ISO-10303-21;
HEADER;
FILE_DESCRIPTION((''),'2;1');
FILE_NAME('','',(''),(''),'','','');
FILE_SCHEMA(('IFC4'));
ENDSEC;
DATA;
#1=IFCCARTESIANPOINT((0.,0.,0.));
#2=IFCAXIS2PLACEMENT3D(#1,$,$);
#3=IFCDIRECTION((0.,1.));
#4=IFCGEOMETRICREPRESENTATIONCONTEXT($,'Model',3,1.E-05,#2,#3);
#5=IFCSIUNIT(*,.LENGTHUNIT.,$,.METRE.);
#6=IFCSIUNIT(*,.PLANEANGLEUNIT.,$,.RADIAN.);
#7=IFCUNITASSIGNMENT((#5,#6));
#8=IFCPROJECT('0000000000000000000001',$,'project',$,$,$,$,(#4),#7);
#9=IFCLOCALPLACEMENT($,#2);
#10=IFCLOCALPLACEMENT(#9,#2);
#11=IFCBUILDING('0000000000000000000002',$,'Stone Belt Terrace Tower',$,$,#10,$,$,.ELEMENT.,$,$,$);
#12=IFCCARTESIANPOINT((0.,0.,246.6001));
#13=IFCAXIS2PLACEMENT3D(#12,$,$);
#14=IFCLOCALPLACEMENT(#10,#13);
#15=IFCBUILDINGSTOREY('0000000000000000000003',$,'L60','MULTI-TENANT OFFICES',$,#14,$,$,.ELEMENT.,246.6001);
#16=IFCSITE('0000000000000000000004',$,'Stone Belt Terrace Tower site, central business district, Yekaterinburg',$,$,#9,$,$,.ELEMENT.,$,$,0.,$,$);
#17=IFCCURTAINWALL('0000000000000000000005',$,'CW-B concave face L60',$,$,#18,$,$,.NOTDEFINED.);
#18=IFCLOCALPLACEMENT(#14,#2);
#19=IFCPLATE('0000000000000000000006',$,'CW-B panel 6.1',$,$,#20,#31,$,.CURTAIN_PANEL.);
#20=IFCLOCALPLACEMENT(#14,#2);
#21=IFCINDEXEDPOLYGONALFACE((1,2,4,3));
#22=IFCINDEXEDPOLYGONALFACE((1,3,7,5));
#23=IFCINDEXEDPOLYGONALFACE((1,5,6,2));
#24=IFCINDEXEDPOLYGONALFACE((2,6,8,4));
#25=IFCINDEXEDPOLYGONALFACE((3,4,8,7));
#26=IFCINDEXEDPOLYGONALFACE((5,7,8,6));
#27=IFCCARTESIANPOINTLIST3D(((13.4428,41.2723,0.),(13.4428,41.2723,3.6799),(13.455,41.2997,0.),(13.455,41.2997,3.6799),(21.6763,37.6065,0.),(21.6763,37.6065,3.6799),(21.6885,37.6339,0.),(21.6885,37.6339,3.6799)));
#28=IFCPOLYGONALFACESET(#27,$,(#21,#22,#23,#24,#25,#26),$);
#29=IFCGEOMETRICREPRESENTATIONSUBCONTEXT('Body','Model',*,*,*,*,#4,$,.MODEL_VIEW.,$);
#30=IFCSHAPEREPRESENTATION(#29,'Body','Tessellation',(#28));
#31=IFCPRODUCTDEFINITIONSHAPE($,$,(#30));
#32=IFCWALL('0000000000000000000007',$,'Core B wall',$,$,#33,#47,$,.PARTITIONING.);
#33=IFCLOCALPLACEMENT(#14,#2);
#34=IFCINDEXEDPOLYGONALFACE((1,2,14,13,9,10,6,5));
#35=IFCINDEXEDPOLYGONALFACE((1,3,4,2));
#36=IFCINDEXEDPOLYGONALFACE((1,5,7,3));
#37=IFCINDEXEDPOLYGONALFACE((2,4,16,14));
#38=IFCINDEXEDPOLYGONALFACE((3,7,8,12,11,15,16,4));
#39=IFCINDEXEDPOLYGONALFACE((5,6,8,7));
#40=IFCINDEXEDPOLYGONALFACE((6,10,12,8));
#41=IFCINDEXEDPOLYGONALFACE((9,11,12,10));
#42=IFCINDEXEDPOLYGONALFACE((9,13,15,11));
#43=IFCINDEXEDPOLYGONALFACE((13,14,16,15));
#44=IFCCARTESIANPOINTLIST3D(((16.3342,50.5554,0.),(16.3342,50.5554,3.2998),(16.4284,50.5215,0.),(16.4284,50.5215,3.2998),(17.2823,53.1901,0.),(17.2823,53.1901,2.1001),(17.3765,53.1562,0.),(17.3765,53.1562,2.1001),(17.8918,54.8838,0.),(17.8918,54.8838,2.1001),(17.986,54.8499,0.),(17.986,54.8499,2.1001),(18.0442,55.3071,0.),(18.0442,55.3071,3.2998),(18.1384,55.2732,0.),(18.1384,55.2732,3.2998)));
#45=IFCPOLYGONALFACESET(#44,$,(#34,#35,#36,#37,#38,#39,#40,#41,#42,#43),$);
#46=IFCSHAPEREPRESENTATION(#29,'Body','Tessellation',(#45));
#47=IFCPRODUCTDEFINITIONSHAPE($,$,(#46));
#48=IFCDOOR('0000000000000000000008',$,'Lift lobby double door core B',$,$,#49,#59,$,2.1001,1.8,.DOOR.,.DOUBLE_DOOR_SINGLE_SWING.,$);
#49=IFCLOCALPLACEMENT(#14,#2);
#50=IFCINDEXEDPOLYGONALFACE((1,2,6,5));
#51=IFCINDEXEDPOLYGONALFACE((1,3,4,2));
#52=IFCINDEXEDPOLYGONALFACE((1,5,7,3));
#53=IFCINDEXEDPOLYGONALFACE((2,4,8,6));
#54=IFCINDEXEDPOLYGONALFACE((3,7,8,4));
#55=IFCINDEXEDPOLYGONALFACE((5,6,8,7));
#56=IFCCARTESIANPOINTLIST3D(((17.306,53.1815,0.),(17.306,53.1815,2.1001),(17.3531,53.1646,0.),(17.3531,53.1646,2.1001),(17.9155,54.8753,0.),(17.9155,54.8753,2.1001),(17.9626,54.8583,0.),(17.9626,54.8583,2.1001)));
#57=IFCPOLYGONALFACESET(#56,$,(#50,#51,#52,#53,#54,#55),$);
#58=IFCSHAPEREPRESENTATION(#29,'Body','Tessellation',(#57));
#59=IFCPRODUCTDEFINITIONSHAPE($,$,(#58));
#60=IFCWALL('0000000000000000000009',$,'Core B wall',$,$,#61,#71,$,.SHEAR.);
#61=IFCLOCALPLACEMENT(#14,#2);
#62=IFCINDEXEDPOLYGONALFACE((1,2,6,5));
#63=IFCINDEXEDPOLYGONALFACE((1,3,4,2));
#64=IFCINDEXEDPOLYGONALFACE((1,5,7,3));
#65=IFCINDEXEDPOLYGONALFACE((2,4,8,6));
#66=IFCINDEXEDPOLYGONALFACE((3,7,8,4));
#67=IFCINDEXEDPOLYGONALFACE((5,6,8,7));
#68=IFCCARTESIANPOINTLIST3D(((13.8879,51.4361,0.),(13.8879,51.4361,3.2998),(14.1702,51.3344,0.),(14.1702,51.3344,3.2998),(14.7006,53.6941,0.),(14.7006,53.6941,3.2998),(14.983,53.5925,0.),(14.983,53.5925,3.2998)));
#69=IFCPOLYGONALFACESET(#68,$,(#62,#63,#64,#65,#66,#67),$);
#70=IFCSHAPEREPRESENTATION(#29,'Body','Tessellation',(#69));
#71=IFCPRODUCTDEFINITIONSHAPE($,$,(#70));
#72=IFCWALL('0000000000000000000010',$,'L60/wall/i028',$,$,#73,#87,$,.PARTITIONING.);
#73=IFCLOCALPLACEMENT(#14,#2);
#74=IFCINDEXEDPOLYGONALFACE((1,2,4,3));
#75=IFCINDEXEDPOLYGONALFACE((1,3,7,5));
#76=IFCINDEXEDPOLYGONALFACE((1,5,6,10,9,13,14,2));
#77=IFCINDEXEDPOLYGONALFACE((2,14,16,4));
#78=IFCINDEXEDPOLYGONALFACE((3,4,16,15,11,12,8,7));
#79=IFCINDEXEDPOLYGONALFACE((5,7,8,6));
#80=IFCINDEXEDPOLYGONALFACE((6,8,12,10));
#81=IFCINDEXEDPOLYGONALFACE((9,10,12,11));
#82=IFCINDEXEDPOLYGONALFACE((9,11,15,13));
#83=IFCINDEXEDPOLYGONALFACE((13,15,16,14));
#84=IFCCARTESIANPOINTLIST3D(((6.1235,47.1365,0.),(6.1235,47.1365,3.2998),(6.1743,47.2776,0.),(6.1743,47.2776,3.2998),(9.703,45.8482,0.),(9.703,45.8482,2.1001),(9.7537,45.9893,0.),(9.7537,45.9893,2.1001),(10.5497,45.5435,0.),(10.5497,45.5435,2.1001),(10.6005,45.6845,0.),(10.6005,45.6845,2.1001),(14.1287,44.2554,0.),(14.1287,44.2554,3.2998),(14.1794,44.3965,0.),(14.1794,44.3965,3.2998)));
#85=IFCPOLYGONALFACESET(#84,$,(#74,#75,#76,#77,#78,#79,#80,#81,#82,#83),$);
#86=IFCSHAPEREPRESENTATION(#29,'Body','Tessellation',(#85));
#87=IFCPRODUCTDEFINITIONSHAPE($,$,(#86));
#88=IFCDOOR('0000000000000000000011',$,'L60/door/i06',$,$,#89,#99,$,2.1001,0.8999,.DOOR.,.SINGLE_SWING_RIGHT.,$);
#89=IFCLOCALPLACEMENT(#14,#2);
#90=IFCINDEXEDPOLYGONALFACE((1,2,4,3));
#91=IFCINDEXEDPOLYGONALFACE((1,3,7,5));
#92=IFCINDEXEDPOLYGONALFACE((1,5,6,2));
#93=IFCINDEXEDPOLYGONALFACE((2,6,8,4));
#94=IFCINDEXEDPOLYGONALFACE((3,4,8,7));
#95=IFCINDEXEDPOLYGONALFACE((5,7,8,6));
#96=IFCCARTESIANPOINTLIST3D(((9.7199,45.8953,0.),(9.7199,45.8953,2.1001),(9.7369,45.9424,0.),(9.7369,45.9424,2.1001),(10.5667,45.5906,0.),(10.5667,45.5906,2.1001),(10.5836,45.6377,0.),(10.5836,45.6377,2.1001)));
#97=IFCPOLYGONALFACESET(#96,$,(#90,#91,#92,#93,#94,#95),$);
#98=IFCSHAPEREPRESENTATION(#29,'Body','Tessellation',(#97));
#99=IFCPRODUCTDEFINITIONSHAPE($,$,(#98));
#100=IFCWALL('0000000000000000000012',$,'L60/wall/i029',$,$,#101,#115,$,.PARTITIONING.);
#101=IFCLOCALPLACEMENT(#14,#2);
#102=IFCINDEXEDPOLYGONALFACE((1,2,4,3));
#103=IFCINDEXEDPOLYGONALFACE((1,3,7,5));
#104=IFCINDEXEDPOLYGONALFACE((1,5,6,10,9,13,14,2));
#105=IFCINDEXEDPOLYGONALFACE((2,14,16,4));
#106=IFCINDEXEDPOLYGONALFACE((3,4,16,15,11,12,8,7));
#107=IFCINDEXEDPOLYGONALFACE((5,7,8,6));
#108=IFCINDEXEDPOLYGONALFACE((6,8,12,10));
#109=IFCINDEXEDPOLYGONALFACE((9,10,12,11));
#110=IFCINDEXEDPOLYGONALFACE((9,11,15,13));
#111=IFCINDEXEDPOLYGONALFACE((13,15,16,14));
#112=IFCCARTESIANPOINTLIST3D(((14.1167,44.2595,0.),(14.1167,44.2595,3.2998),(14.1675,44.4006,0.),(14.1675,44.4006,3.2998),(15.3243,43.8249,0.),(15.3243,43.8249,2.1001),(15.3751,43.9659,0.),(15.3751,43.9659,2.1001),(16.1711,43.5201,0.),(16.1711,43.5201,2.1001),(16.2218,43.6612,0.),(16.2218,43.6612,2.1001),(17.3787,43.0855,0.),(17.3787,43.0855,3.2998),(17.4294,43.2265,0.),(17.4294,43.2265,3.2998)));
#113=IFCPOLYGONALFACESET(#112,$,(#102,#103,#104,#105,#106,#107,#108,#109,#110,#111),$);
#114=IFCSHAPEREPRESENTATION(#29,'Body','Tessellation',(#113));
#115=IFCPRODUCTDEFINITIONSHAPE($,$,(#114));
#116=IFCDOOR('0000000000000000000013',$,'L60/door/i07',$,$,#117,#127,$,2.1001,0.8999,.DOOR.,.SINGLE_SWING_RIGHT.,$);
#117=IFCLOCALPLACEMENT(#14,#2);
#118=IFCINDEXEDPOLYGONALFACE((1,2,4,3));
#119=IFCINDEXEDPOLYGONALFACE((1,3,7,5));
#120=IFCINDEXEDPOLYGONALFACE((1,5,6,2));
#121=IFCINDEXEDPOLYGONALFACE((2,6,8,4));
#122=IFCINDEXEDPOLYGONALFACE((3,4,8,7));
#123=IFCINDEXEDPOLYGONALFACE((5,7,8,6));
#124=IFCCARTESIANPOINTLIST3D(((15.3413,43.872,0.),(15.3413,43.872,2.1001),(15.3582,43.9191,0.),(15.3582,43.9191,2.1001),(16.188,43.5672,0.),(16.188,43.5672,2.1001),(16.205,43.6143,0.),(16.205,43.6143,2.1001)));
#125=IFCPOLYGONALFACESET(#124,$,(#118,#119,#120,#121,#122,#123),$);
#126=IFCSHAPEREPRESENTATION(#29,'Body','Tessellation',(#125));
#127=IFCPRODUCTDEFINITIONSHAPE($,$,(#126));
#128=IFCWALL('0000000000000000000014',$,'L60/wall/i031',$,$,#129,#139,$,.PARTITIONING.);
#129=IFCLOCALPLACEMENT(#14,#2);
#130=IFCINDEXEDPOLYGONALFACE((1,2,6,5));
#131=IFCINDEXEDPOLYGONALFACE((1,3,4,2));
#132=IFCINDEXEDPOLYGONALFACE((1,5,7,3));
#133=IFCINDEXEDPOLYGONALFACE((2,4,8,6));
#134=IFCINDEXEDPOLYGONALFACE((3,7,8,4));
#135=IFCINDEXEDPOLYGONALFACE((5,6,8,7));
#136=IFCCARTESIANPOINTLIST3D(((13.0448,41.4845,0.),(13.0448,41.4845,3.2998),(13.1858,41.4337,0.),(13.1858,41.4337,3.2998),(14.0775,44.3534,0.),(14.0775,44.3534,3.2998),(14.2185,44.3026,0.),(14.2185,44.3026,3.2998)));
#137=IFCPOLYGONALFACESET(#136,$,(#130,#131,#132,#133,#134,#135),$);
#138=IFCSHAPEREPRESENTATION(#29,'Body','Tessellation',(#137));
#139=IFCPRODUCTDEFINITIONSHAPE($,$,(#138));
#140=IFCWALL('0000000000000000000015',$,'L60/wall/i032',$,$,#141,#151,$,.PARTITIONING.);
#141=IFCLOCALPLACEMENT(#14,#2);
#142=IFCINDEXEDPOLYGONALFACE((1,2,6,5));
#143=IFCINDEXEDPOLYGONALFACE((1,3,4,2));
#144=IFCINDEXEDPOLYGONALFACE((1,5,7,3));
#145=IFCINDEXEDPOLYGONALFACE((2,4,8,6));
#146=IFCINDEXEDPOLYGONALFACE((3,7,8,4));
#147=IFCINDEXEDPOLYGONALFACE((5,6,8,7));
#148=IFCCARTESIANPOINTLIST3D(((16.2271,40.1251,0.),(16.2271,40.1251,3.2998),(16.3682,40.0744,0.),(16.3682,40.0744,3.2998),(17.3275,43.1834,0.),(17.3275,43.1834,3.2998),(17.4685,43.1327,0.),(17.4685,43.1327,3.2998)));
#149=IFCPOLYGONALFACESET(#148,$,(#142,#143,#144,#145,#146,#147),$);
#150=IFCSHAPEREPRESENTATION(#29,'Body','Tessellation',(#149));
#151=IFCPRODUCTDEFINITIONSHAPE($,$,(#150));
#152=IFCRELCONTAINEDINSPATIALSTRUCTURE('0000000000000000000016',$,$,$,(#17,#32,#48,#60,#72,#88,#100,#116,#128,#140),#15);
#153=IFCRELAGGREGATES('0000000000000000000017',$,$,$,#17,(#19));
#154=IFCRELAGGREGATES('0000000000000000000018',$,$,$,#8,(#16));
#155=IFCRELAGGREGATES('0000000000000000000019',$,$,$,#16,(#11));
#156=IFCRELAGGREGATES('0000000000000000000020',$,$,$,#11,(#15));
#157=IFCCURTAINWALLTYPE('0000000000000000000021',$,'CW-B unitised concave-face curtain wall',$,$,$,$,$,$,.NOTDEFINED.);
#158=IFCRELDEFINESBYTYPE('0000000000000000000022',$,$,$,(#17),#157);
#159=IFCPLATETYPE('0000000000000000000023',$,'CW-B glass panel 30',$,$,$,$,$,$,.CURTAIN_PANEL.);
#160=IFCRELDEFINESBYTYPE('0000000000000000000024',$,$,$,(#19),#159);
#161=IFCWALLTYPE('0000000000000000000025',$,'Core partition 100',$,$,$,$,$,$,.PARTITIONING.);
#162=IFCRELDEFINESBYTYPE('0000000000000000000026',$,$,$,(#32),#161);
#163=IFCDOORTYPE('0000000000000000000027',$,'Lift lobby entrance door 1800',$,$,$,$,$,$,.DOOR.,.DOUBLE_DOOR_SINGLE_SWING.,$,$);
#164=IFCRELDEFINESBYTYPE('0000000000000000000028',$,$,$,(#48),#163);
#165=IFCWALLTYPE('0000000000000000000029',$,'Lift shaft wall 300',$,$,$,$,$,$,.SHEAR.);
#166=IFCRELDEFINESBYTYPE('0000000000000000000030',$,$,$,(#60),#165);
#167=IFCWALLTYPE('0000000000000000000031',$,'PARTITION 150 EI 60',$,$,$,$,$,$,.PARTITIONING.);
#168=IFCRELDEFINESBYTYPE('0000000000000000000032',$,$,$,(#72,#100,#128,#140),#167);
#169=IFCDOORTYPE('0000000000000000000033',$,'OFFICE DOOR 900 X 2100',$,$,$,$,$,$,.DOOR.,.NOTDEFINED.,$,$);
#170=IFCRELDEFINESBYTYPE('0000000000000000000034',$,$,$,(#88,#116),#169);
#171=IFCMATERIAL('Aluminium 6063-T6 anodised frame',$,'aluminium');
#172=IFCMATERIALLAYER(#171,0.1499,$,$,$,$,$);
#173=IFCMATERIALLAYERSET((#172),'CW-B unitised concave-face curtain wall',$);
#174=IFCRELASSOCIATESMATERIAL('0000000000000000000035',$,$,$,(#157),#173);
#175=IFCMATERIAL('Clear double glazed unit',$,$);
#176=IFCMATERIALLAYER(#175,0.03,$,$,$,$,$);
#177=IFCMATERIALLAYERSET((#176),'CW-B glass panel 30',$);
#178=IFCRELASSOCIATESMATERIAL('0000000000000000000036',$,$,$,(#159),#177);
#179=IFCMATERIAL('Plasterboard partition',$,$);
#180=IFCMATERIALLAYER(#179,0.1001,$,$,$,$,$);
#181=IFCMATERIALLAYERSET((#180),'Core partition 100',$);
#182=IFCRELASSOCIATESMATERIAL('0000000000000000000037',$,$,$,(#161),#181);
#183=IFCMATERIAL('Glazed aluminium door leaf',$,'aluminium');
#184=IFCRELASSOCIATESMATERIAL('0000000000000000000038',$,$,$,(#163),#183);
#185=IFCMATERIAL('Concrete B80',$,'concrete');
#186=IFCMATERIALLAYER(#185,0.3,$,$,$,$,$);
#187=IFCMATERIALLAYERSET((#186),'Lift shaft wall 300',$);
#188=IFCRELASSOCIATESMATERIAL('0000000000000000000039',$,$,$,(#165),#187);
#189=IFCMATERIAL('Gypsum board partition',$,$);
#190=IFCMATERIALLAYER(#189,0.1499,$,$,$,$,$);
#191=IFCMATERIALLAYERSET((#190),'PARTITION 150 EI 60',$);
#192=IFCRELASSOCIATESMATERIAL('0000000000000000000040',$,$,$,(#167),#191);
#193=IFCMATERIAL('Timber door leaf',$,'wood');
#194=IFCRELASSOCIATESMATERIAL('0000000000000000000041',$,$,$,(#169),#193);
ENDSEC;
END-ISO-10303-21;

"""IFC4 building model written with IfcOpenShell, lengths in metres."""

from ifc_helpers import new_model, si_unit, direction, frame, frame_2d, origin, origin_2d, place, context, subcontext, project, spatial, rectangle, extrude, material, layer, layer_set, type_object, element, fill, aggregate, save


model = new_model("IFC4")

# Units and contexts
model_context = context("Model", 3, precision=1e-05, world=origin(), true_north=direction((0.0, 1.0)))
body_context = subcontext(model_context, "Body", "Model", "MODEL_VIEW")
ifc_project = project(units=[si_unit("LENGTHUNIT", "METRE"), si_unit("PLANEANGLEUNIT", "RADIAN")], contexts=[model_context])

# Site, building, storey
site_placement = place(None, origin())
site = spatial("IfcSite", under=ifc_project, at=site_placement, Name="Stone Belt Terrace Tower site, central business district, Yekaterinburg", CompositionType="ELEMENT", RefElevation=0.0)
building_placement = place(site_placement, origin())
building = spatial("IfcBuilding", under=site, at=building_placement, Name="Stone Belt Terrace Tower", CompositionType="ELEMENT")
storey_placement = place(building_placement, frame((0.0, 0.0, 246.6001)))
storey = spatial("IfcBuildingStorey", under=building, at=storey_placement, Name="L60", Description="MULTI-TENANT OFFICES", CompositionType="ELEMENT", Elevation=246.6001)

# Curtain wall, plate
ifc_material_1 = material(Name="Aluminium 6063-T6 anodised frame", Category="aluminium")
ifc_layer_1 = layer(ifc_material_1, 0.1499)
ifc_layer_set_1 = layer_set([ifc_layer_1], Name="CW-B unitised concave-face curtain wall")
curtain_wall_type = type_object("IfcCurtainWallType", Name="CW-B unitised concave-face curtain wall", PredefinedType="NOTDEFINED", material=ifc_layer_set_1)
curtain_wall_placement = place(storey_placement, origin())
curtain_wall = element("IfcCurtainWall", 1, at=curtain_wall_placement, inside=storey, type_object=curtain_wall_type, Name="CW-B concave face L60", PredefinedType="NOTDEFINED")
ifc_material_2 = material(Name="Clear double glazed unit")
ifc_layer_2 = layer(ifc_material_2, 0.03)
ifc_layer_set_2 = layer_set([ifc_layer_2], Name="CW-B glass panel 30")
plate_type = type_object("IfcPlateType", Name="CW-B glass panel 30", PredefinedType="CURTAIN_PANEL", material=ifc_layer_set_2)
plate_placement = place(storey_placement, frame((17.5657, 39.4531, 0.0), z_axis=(0.0, 0.0, 1.0), x_axis=(0.913545, -0.406737, 0.0)))
plate = element("IfcPlate", 2, at=plate_placement, type_object=plate_type, Name="CW-B panel 6.1", PredefinedType="CURTAIN_PANEL", context=body_context, shape_type="SweptSolid", body=[
    extrude(rectangle(XDim=9.0127, YDim=0.03, at=origin_2d()), origin(), (0.0, 0.0, 1.0), 3.6799),
])
aggregate(curtain_wall, [plate])

# Wall, opening, door
ifc_material_3 = material(Name="Plasterboard partition")
ifc_layer_3 = layer(ifc_material_3, 0.1001)
ifc_layer_set_3 = layer_set([ifc_layer_3], Name="Core partition 100")
wall_type_1 = type_object("IfcWallType", Name="Core partition 100", PredefinedType="PARTITIONING", material=ifc_layer_set_3)
wall_1_placement = place(storey_placement, frame((16.3813, 50.5386, 0.0), z_axis=(0.0, 0.0, 1.0), x_axis=(0.338605, 0.940929, 0.0)))
wall_1 = element("IfcWall", 3, at=wall_1_placement, inside=storey, type_object=wall_type_1, Name="Core B wall", PredefinedType="PARTITIONING", context=body_context, shape_type="SweptSolid", body=[
    extrude(rectangle(XDim=5.05, YDim=0.1001, at=frame_2d((2.5249, 0.0))), origin(), (0.0, 0.0, 1.0), 3.2998),
])
opening_1_placement = place(wall_1_placement, frame((2.8, 0.0, 0.0)))
opening_1 = element("IfcOpeningElement", 4, at=opening_1_placement, cuts=wall_1, PredefinedType="OPENING", context=body_context, shape_type="SweptSolid", body=[
    extrude(rectangle(XDim=1.8, YDim=2.1001, at=frame_2d((0.8999, 1.05))), frame((0.0, 0.0601, 0.0), z_axis=(0.0, -1.0, 0.0), x_axis=(1.0, 0.0, 0.0)), (0.0, 0.0, 1.0), 0.1201),
])
ifc_material_4 = material(Name="Glazed aluminium door leaf", Category="aluminium")
door_type_1 = type_object("IfcDoorType", Name="Lift lobby entrance door 1800", OperationType="DOUBLE_DOOR_SINGLE_SWING", PredefinedType="DOOR", material=ifc_material_4)
door_1_placement = place(opening_1_placement, origin())
door_1 = element("IfcDoor", 5, at=door_1_placement, inside=storey, type_object=door_type_1, Name="Lift lobby double door core B", OperationType="DOUBLE_DOOR_SINGLE_SWING", OverallHeight=2.1001, OverallWidth=1.8, PredefinedType="DOOR", context=body_context, shape_type="SweptSolid", body=[
    extrude(rectangle(XDim=1.8, YDim=2.1001, at=frame_2d((0.8999, 1.05))), frame((0.0, 0.0249, 0.0), z_axis=(0.0, -1.0, 0.0), x_axis=(1.0, 0.0, 0.0)), (0.0, 0.0, 1.0), 0.05),
])
fill(opening_1, door_1)

# Wall
ifc_material_5 = material(Name="Concrete B80", Category="concrete")
ifc_layer_4 = layer(ifc_material_5, 0.3)
ifc_layer_set_4 = layer_set([ifc_layer_4], Name="Lift shaft wall 300")
wall_type_2 = type_object("IfcWallType", Name="Lift shaft wall 300", PredefinedType="SHEAR", material=ifc_layer_set_4)
wall_2_placement = place(storey_placement, frame((14.0291, 51.3853, 0.0), z_axis=(0.0, 0.0, 1.0), x_axis=(0.338662, 0.940908, 0.0)))
element("IfcWall", 6, at=wall_2_placement, inside=storey, type_object=wall_type_2, Name="Core B wall", PredefinedType="SHEAR", context=body_context, shape_type="SweptSolid", body=[
    extrude(rectangle(XDim=2.3999, YDim=0.3, at=frame_2d((1.2, 0.0))), origin(), (0.0, 0.0, 1.0), 3.2998),
])

# Walls, openings, doors
ifc_material_6 = material(Name="Gypsum board partition")
ifc_layer_5 = layer(ifc_material_6, 0.1499)
ifc_layer_set_5 = layer_set([ifc_layer_5], Name="PARTITION 150 EI 60")
wall_type_3 = type_object("IfcWallType", Name="PARTITION 150 EI 60", PredefinedType="PARTITIONING", material=ifc_layer_set_5)
wall_3_placement = place(storey_placement, frame((14.1541, 44.3259, 0.0), z_axis=(0.0, 0.0, 1.0), x_axis=(-0.940915, 0.338642, 0.0)))
wall_3 = element("IfcWall", 7, at=wall_3_placement, inside=storey, type_object=wall_type_3, Name="L60/wall/i028", PredefinedType="PARTITIONING", context=body_context, shape_type="SweptSolid", body=[
    extrude(rectangle(XDim=8.5078, YDim=0.1499, at=frame_2d((4.2539, 0.0))), origin(), (0.0, 0.0, 1.0), 3.2998),
])
opening_2_placement = place(wall_3_placement, frame((3.8037, 0.0, 0.0)))
opening_2 = element("IfcOpeningElement", 8, at=opening_2_placement, cuts=wall_3, PredefinedType="OPENING", context=body_context, shape_type="SweptSolid", body=[
    extrude(rectangle(XDim=0.8999, YDim=2.1001, at=frame_2d((0.45, 1.05))), frame((0.0, 0.085, 0.0), z_axis=(0.0, -1.0, 0.0), x_axis=(1.0, 0.0, 0.0)), (0.0, 0.0, 1.0), 0.1699),
])
ifc_material_7 = material(Name="Timber door leaf", Category="wood")
door_type_2 = type_object("IfcDoorType", Name="OFFICE DOOR 900 X 2100", OperationType="NOTDEFINED", PredefinedType="DOOR", material=ifc_material_7)
door_2_placement = place(opening_2_placement, origin())
door_2 = element("IfcDoor", 9, at=door_2_placement, inside=storey, type_object=door_type_2, Name="L60/door/i06", OperationType="SINGLE_SWING_RIGHT", OverallHeight=2.1001, OverallWidth=0.8999, PredefinedType="DOOR", context=body_context, shape_type="SweptSolid", body=[
    extrude(rectangle(XDim=0.8999, YDim=2.1001, at=frame_2d((0.45, 1.05))), frame((0.0, 0.0249, 0.0), z_axis=(0.0, -1.0, 0.0), x_axis=(1.0, 0.0, 0.0)), (0.0, 0.0, 1.0), 0.05),
])
fill(opening_2, door_2)
wall_4_placement = place(storey_placement, frame((17.4041, 43.156, 0.0), z_axis=(0.0, 0.0, 1.0), x_axis=(-0.940909, 0.33866, 0.0)))
wall_4 = element("IfcWall", 10, at=wall_4_placement, inside=storey, type_object=wall_type_3, Name="L60/wall/i029", PredefinedType="PARTITIONING", context=body_context, shape_type="SweptSolid", body=[
    extrude(rectangle(XDim=3.4668, YDim=0.1499, at=frame_2d((1.7334, 0.0))), origin(), (0.0, 0.0, 1.0), 3.2998),
])
opening_3_placement = place(wall_4_placement, frame((1.2834, 0.0, 0.0)))
opening_3 = element("IfcOpeningElement", 11, at=opening_3_placement, cuts=wall_4, PredefinedType="OPENING", context=body_context, shape_type="SweptSolid", body=[
    extrude(rectangle(XDim=0.8999, YDim=2.1001, at=frame_2d((0.45, 1.05))), frame((0.0, 0.085, 0.0), z_axis=(0.0, -1.0, 0.0), x_axis=(1.0, 0.0, 0.0)), (0.0, 0.0, 1.0), 0.1699),
])
door_3_placement = place(opening_3_placement, origin())
door_3 = element("IfcDoor", 12, at=door_3_placement, inside=storey, type_object=door_type_2, Name="L60/door/i07", OperationType="SINGLE_SWING_RIGHT", OverallHeight=2.1001, OverallWidth=0.8999, PredefinedType="DOOR", context=body_context, shape_type="SweptSolid", body=[
    extrude(rectangle(XDim=0.8999, YDim=2.1001, at=frame_2d((0.45, 1.05))), frame((0.0, 0.0249, 0.0), z_axis=(0.0, -1.0, 0.0), x_axis=(1.0, 0.0, 0.0)), (0.0, 0.0, 1.0), 0.05),
])
fill(opening_3, door_3)

# Walls
wall_5_placement = place(storey_placement, frame((14.1479, 44.3279, 0.0), z_axis=(0.0, 0.0, 1.0), x_axis=(-0.338694, -0.940897, 0.0)))
element("IfcWall", 13, at=wall_5_placement, inside=storey, type_object=wall_type_3, Name="L60/wall/i031", PredefinedType="PARTITIONING", context=body_context, shape_type="SweptSolid", body=[
    extrude(rectangle(XDim=3.0491, YDim=0.1499, at=frame_2d((1.5244, 0.0))), origin(), (0.0, 0.0, 1.0), 3.2998),
])
wall_6_placement = place(storey_placement, frame((17.3979, 43.158, 0.0), z_axis=(0.0, 0.0, 1.0), x_axis=(-0.338539, -0.940953, 0.0)))
element("IfcWall", 14, at=wall_6_placement, inside=storey, type_object=wall_type_3, Name="L60/wall/i032", PredefinedType="PARTITIONING", context=body_context, shape_type="SweptSolid", body=[
    extrude(rectangle(XDim=3.2502, YDim=0.1499, at=frame_2d((1.625, 0.0))), origin(), (0.0, 0.0, 1.0), 3.2998),
])

save(model, "model.ifc")
